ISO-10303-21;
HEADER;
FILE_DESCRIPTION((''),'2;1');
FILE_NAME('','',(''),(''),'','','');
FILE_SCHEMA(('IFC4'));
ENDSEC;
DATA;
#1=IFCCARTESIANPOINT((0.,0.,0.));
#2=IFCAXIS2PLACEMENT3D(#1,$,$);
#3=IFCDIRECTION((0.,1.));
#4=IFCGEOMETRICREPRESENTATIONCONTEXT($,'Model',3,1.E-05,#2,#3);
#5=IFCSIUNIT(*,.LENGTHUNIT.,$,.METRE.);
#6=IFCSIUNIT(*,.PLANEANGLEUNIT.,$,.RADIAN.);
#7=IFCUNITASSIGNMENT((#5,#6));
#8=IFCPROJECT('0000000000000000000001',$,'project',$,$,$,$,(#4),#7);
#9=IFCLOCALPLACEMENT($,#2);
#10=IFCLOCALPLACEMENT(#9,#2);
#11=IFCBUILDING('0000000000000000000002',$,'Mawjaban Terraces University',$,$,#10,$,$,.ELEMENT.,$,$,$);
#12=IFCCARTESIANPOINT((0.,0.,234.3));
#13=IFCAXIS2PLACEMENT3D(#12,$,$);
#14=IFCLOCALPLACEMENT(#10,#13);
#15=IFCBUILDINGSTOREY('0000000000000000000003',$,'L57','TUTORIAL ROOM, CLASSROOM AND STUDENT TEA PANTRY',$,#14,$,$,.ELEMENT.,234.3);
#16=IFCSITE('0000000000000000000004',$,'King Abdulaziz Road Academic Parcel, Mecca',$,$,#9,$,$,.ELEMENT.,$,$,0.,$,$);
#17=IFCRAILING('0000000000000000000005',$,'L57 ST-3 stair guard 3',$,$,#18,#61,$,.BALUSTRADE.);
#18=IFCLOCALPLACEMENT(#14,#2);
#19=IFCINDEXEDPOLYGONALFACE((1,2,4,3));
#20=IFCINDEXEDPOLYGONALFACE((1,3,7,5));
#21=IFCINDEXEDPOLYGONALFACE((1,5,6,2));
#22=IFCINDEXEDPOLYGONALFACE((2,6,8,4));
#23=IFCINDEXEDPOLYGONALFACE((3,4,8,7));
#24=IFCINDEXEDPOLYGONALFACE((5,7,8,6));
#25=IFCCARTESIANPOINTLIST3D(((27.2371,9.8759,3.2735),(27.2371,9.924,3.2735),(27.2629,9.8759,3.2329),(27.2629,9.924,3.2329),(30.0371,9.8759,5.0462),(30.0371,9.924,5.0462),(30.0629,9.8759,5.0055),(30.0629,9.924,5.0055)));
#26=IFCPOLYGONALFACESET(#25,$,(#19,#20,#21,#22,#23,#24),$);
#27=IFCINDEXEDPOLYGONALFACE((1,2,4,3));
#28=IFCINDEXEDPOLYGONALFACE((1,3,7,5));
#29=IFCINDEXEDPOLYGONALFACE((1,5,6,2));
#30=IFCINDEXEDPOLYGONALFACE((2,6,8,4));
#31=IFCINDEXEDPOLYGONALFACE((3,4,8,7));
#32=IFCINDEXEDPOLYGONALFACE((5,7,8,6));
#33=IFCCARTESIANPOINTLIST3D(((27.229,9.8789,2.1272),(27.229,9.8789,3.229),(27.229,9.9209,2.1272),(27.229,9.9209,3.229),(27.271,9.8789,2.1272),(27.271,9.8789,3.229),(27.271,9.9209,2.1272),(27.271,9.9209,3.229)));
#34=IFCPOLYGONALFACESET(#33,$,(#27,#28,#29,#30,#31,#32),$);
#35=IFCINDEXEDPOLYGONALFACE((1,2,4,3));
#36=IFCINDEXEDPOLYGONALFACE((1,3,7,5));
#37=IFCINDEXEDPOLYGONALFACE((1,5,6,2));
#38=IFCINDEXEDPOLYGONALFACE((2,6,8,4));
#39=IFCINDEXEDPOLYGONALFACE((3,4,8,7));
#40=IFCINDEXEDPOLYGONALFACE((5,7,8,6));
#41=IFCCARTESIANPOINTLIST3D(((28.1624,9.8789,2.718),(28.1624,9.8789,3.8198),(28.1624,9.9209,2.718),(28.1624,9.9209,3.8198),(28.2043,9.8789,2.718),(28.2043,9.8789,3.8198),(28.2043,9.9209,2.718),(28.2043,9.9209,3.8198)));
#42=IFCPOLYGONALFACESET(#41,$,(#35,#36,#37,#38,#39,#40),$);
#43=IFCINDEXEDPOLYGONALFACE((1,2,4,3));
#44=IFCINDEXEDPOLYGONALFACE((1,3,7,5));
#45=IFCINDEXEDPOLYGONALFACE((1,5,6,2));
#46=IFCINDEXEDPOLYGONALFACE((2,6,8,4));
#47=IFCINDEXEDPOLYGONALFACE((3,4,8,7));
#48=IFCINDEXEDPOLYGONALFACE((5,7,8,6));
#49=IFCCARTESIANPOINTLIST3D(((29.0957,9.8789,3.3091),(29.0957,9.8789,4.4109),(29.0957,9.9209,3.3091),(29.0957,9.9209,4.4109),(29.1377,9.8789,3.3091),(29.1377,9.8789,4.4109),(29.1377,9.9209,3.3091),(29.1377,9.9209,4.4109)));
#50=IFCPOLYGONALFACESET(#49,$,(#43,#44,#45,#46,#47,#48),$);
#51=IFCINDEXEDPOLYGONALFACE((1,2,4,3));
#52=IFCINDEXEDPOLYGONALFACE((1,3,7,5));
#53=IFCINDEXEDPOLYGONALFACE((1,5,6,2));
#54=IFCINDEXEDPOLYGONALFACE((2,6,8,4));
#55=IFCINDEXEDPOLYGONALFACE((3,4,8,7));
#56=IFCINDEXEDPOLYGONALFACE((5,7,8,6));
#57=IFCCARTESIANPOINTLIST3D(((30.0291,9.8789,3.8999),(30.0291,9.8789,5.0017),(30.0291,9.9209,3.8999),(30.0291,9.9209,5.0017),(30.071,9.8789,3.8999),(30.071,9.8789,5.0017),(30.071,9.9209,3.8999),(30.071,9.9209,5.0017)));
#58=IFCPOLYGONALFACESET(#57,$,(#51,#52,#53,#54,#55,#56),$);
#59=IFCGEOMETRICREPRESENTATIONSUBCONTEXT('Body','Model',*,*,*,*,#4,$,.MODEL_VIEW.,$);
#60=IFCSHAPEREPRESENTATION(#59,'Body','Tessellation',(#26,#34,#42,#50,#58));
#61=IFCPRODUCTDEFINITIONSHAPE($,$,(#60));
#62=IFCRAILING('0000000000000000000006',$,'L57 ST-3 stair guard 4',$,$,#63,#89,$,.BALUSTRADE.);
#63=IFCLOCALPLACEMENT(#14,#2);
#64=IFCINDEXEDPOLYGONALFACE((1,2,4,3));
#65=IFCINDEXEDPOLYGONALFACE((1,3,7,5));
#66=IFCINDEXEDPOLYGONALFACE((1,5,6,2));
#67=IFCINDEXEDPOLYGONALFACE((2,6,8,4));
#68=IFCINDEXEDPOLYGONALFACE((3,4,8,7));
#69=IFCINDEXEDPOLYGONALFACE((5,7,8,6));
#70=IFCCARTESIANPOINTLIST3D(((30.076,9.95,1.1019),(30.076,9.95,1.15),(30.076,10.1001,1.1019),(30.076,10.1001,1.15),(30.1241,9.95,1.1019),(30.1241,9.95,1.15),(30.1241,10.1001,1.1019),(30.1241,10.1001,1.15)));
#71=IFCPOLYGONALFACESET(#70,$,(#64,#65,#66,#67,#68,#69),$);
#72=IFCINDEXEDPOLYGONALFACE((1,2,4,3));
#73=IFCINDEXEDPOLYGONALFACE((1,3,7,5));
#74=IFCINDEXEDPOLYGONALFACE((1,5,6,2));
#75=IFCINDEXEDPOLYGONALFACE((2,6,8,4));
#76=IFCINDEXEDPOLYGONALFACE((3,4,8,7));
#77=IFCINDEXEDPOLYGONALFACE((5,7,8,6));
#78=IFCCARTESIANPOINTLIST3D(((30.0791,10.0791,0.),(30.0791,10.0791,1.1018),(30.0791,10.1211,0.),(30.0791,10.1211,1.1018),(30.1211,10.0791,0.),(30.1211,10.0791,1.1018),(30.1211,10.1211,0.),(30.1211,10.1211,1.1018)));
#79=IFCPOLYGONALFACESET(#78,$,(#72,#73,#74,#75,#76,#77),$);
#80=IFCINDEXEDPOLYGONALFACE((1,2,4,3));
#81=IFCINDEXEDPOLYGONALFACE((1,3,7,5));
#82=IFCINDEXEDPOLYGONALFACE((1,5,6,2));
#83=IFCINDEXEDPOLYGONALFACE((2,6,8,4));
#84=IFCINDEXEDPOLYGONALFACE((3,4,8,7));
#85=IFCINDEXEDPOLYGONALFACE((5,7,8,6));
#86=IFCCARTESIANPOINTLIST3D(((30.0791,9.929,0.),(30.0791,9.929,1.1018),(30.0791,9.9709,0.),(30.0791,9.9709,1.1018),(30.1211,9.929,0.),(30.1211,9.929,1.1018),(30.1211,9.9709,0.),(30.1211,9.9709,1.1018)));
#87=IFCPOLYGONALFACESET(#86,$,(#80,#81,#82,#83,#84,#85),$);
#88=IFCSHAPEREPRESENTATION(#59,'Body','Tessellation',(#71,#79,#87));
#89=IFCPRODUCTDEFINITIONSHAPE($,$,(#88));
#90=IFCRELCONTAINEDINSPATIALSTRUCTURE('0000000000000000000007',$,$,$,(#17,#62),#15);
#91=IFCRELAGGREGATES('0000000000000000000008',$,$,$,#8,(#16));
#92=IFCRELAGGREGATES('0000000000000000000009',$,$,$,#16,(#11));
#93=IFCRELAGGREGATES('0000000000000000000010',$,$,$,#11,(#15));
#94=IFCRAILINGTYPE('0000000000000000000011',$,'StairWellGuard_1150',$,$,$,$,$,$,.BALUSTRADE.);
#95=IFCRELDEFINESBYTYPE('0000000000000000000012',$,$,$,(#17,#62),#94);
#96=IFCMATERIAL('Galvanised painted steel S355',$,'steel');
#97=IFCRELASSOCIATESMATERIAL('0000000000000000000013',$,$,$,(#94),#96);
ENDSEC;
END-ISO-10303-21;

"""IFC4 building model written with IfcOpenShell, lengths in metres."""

from ifc_helpers import new_model, si_unit, direction, frame, origin, origin_2d, place, context, subcontext, project, spatial, rectangle, extrude, material, type_object, element, save


model = new_model("IFC4")

# Units and contexts
model_context = context("Model", 3, precision=1e-05, world=origin(), true_north=direction((0.0, 1.0)))
body_context = subcontext(model_context, "Body", "Model", "MODEL_VIEW")
ifc_project = project(units=[si_unit("LENGTHUNIT", "METRE"), si_unit("PLANEANGLEUNIT", "RADIAN")], contexts=[model_context])

# Site, building, storey
site_placement = place(None, origin())
site = spatial("IfcSite", under=ifc_project, at=site_placement, Name="King Abdulaziz Road Academic Parcel, Mecca", CompositionType="ELEMENT", RefElevation=0.0)
building_placement = place(site_placement, origin())
building = spatial("IfcBuilding", under=site, at=building_placement, Name="Mawjaban Terraces University", CompositionType="ELEMENT")
storey_placement = place(building_placement, frame((0.0, 0.0, 234.3)))
storey = spatial("IfcBuildingStorey", under=building, at=storey_placement, Name="L57", Description="TUTORIAL ROOM, CLASSROOM AND STUDENT TEA PANTRY", CompositionType="ELEMENT", Elevation=234.3)

# Railings
ifc_material_1 = material(Name="Galvanised painted steel S355", Category="steel")
railing_type_1 = type_object("IfcRailingType", Name="StairWellGuard_1150", PredefinedType="BALUSTRADE", material=ifc_material_1)
railing_1_placement = place(storey_placement, frame((27.25, 9.8999, 2.1272)))
element("IfcRailing", 1, at=railing_1_placement, inside=storey, type_object=railing_type_1, Name="L57 ST-3 stair guard 3", PredefinedType="BALUSTRADE", context=body_context, shape_type="SweptSolid", body=[
    extrude(rectangle(XDim=0.0481, YDim=0.0481, at=origin_2d()), frame((0.0, 0.0, 1.126), z_axis=(0.844909, 0.0, 0.53491), x_axis=(0.0, 1.0, 0.0)), (0.0, 0.0, 1.0), 3.314),
    extrude(rectangle(XDim=0.042, YDim=0.042, at=origin_2d()), origin(), (0.0, 0.0, 1.0), 1.1018),
    extrude(rectangle(XDim=0.042, YDim=0.042, at=origin_2d()), frame((0.9333, 0.0, 0.5908)), (0.0, 0.0, 1.0), 1.1018),
    extrude(rectangle(XDim=0.042, YDim=0.042, at=origin_2d()), frame((1.8667, 0.0, 1.1819)), (0.0, 0.0, 1.0), 1.1018),
    extrude(rectangle(XDim=0.042, YDim=0.042, at=origin_2d()), frame((2.8, 0.0, 1.7727)), (0.0, 0.0, 1.0), 1.1018),
])
railing_2_placement = place(storey_placement, frame((30.1001, 10.1001, 0.0)))
element("IfcRailing", 2, at=railing_2_placement, inside=storey, type_object=railing_type_1, Name="L57 ST-3 stair guard 4", PredefinedType="BALUSTRADE", context=body_context, shape_type="SweptSolid", body=[
    extrude(rectangle(XDim=0.0481, YDim=0.0481, at=origin_2d()), frame((0.0, 0.0, 1.126), z_axis=(0.0, -1.0, 0.0), x_axis=(1.0, 0.0, 0.0)), (0.0, 0.0, 1.0), 0.1501),
    extrude(rectangle(XDim=0.042, YDim=0.042, at=origin_2d()), origin(), (0.0, 0.0, 1.0), 1.1018),
    extrude(rectangle(XDim=0.042, YDim=0.042, at=origin_2d()), frame((0.0, -0.1501, 0.0)), (0.0, 0.0, 1.0), 1.1018),
])

save(model, "model.ifc")
